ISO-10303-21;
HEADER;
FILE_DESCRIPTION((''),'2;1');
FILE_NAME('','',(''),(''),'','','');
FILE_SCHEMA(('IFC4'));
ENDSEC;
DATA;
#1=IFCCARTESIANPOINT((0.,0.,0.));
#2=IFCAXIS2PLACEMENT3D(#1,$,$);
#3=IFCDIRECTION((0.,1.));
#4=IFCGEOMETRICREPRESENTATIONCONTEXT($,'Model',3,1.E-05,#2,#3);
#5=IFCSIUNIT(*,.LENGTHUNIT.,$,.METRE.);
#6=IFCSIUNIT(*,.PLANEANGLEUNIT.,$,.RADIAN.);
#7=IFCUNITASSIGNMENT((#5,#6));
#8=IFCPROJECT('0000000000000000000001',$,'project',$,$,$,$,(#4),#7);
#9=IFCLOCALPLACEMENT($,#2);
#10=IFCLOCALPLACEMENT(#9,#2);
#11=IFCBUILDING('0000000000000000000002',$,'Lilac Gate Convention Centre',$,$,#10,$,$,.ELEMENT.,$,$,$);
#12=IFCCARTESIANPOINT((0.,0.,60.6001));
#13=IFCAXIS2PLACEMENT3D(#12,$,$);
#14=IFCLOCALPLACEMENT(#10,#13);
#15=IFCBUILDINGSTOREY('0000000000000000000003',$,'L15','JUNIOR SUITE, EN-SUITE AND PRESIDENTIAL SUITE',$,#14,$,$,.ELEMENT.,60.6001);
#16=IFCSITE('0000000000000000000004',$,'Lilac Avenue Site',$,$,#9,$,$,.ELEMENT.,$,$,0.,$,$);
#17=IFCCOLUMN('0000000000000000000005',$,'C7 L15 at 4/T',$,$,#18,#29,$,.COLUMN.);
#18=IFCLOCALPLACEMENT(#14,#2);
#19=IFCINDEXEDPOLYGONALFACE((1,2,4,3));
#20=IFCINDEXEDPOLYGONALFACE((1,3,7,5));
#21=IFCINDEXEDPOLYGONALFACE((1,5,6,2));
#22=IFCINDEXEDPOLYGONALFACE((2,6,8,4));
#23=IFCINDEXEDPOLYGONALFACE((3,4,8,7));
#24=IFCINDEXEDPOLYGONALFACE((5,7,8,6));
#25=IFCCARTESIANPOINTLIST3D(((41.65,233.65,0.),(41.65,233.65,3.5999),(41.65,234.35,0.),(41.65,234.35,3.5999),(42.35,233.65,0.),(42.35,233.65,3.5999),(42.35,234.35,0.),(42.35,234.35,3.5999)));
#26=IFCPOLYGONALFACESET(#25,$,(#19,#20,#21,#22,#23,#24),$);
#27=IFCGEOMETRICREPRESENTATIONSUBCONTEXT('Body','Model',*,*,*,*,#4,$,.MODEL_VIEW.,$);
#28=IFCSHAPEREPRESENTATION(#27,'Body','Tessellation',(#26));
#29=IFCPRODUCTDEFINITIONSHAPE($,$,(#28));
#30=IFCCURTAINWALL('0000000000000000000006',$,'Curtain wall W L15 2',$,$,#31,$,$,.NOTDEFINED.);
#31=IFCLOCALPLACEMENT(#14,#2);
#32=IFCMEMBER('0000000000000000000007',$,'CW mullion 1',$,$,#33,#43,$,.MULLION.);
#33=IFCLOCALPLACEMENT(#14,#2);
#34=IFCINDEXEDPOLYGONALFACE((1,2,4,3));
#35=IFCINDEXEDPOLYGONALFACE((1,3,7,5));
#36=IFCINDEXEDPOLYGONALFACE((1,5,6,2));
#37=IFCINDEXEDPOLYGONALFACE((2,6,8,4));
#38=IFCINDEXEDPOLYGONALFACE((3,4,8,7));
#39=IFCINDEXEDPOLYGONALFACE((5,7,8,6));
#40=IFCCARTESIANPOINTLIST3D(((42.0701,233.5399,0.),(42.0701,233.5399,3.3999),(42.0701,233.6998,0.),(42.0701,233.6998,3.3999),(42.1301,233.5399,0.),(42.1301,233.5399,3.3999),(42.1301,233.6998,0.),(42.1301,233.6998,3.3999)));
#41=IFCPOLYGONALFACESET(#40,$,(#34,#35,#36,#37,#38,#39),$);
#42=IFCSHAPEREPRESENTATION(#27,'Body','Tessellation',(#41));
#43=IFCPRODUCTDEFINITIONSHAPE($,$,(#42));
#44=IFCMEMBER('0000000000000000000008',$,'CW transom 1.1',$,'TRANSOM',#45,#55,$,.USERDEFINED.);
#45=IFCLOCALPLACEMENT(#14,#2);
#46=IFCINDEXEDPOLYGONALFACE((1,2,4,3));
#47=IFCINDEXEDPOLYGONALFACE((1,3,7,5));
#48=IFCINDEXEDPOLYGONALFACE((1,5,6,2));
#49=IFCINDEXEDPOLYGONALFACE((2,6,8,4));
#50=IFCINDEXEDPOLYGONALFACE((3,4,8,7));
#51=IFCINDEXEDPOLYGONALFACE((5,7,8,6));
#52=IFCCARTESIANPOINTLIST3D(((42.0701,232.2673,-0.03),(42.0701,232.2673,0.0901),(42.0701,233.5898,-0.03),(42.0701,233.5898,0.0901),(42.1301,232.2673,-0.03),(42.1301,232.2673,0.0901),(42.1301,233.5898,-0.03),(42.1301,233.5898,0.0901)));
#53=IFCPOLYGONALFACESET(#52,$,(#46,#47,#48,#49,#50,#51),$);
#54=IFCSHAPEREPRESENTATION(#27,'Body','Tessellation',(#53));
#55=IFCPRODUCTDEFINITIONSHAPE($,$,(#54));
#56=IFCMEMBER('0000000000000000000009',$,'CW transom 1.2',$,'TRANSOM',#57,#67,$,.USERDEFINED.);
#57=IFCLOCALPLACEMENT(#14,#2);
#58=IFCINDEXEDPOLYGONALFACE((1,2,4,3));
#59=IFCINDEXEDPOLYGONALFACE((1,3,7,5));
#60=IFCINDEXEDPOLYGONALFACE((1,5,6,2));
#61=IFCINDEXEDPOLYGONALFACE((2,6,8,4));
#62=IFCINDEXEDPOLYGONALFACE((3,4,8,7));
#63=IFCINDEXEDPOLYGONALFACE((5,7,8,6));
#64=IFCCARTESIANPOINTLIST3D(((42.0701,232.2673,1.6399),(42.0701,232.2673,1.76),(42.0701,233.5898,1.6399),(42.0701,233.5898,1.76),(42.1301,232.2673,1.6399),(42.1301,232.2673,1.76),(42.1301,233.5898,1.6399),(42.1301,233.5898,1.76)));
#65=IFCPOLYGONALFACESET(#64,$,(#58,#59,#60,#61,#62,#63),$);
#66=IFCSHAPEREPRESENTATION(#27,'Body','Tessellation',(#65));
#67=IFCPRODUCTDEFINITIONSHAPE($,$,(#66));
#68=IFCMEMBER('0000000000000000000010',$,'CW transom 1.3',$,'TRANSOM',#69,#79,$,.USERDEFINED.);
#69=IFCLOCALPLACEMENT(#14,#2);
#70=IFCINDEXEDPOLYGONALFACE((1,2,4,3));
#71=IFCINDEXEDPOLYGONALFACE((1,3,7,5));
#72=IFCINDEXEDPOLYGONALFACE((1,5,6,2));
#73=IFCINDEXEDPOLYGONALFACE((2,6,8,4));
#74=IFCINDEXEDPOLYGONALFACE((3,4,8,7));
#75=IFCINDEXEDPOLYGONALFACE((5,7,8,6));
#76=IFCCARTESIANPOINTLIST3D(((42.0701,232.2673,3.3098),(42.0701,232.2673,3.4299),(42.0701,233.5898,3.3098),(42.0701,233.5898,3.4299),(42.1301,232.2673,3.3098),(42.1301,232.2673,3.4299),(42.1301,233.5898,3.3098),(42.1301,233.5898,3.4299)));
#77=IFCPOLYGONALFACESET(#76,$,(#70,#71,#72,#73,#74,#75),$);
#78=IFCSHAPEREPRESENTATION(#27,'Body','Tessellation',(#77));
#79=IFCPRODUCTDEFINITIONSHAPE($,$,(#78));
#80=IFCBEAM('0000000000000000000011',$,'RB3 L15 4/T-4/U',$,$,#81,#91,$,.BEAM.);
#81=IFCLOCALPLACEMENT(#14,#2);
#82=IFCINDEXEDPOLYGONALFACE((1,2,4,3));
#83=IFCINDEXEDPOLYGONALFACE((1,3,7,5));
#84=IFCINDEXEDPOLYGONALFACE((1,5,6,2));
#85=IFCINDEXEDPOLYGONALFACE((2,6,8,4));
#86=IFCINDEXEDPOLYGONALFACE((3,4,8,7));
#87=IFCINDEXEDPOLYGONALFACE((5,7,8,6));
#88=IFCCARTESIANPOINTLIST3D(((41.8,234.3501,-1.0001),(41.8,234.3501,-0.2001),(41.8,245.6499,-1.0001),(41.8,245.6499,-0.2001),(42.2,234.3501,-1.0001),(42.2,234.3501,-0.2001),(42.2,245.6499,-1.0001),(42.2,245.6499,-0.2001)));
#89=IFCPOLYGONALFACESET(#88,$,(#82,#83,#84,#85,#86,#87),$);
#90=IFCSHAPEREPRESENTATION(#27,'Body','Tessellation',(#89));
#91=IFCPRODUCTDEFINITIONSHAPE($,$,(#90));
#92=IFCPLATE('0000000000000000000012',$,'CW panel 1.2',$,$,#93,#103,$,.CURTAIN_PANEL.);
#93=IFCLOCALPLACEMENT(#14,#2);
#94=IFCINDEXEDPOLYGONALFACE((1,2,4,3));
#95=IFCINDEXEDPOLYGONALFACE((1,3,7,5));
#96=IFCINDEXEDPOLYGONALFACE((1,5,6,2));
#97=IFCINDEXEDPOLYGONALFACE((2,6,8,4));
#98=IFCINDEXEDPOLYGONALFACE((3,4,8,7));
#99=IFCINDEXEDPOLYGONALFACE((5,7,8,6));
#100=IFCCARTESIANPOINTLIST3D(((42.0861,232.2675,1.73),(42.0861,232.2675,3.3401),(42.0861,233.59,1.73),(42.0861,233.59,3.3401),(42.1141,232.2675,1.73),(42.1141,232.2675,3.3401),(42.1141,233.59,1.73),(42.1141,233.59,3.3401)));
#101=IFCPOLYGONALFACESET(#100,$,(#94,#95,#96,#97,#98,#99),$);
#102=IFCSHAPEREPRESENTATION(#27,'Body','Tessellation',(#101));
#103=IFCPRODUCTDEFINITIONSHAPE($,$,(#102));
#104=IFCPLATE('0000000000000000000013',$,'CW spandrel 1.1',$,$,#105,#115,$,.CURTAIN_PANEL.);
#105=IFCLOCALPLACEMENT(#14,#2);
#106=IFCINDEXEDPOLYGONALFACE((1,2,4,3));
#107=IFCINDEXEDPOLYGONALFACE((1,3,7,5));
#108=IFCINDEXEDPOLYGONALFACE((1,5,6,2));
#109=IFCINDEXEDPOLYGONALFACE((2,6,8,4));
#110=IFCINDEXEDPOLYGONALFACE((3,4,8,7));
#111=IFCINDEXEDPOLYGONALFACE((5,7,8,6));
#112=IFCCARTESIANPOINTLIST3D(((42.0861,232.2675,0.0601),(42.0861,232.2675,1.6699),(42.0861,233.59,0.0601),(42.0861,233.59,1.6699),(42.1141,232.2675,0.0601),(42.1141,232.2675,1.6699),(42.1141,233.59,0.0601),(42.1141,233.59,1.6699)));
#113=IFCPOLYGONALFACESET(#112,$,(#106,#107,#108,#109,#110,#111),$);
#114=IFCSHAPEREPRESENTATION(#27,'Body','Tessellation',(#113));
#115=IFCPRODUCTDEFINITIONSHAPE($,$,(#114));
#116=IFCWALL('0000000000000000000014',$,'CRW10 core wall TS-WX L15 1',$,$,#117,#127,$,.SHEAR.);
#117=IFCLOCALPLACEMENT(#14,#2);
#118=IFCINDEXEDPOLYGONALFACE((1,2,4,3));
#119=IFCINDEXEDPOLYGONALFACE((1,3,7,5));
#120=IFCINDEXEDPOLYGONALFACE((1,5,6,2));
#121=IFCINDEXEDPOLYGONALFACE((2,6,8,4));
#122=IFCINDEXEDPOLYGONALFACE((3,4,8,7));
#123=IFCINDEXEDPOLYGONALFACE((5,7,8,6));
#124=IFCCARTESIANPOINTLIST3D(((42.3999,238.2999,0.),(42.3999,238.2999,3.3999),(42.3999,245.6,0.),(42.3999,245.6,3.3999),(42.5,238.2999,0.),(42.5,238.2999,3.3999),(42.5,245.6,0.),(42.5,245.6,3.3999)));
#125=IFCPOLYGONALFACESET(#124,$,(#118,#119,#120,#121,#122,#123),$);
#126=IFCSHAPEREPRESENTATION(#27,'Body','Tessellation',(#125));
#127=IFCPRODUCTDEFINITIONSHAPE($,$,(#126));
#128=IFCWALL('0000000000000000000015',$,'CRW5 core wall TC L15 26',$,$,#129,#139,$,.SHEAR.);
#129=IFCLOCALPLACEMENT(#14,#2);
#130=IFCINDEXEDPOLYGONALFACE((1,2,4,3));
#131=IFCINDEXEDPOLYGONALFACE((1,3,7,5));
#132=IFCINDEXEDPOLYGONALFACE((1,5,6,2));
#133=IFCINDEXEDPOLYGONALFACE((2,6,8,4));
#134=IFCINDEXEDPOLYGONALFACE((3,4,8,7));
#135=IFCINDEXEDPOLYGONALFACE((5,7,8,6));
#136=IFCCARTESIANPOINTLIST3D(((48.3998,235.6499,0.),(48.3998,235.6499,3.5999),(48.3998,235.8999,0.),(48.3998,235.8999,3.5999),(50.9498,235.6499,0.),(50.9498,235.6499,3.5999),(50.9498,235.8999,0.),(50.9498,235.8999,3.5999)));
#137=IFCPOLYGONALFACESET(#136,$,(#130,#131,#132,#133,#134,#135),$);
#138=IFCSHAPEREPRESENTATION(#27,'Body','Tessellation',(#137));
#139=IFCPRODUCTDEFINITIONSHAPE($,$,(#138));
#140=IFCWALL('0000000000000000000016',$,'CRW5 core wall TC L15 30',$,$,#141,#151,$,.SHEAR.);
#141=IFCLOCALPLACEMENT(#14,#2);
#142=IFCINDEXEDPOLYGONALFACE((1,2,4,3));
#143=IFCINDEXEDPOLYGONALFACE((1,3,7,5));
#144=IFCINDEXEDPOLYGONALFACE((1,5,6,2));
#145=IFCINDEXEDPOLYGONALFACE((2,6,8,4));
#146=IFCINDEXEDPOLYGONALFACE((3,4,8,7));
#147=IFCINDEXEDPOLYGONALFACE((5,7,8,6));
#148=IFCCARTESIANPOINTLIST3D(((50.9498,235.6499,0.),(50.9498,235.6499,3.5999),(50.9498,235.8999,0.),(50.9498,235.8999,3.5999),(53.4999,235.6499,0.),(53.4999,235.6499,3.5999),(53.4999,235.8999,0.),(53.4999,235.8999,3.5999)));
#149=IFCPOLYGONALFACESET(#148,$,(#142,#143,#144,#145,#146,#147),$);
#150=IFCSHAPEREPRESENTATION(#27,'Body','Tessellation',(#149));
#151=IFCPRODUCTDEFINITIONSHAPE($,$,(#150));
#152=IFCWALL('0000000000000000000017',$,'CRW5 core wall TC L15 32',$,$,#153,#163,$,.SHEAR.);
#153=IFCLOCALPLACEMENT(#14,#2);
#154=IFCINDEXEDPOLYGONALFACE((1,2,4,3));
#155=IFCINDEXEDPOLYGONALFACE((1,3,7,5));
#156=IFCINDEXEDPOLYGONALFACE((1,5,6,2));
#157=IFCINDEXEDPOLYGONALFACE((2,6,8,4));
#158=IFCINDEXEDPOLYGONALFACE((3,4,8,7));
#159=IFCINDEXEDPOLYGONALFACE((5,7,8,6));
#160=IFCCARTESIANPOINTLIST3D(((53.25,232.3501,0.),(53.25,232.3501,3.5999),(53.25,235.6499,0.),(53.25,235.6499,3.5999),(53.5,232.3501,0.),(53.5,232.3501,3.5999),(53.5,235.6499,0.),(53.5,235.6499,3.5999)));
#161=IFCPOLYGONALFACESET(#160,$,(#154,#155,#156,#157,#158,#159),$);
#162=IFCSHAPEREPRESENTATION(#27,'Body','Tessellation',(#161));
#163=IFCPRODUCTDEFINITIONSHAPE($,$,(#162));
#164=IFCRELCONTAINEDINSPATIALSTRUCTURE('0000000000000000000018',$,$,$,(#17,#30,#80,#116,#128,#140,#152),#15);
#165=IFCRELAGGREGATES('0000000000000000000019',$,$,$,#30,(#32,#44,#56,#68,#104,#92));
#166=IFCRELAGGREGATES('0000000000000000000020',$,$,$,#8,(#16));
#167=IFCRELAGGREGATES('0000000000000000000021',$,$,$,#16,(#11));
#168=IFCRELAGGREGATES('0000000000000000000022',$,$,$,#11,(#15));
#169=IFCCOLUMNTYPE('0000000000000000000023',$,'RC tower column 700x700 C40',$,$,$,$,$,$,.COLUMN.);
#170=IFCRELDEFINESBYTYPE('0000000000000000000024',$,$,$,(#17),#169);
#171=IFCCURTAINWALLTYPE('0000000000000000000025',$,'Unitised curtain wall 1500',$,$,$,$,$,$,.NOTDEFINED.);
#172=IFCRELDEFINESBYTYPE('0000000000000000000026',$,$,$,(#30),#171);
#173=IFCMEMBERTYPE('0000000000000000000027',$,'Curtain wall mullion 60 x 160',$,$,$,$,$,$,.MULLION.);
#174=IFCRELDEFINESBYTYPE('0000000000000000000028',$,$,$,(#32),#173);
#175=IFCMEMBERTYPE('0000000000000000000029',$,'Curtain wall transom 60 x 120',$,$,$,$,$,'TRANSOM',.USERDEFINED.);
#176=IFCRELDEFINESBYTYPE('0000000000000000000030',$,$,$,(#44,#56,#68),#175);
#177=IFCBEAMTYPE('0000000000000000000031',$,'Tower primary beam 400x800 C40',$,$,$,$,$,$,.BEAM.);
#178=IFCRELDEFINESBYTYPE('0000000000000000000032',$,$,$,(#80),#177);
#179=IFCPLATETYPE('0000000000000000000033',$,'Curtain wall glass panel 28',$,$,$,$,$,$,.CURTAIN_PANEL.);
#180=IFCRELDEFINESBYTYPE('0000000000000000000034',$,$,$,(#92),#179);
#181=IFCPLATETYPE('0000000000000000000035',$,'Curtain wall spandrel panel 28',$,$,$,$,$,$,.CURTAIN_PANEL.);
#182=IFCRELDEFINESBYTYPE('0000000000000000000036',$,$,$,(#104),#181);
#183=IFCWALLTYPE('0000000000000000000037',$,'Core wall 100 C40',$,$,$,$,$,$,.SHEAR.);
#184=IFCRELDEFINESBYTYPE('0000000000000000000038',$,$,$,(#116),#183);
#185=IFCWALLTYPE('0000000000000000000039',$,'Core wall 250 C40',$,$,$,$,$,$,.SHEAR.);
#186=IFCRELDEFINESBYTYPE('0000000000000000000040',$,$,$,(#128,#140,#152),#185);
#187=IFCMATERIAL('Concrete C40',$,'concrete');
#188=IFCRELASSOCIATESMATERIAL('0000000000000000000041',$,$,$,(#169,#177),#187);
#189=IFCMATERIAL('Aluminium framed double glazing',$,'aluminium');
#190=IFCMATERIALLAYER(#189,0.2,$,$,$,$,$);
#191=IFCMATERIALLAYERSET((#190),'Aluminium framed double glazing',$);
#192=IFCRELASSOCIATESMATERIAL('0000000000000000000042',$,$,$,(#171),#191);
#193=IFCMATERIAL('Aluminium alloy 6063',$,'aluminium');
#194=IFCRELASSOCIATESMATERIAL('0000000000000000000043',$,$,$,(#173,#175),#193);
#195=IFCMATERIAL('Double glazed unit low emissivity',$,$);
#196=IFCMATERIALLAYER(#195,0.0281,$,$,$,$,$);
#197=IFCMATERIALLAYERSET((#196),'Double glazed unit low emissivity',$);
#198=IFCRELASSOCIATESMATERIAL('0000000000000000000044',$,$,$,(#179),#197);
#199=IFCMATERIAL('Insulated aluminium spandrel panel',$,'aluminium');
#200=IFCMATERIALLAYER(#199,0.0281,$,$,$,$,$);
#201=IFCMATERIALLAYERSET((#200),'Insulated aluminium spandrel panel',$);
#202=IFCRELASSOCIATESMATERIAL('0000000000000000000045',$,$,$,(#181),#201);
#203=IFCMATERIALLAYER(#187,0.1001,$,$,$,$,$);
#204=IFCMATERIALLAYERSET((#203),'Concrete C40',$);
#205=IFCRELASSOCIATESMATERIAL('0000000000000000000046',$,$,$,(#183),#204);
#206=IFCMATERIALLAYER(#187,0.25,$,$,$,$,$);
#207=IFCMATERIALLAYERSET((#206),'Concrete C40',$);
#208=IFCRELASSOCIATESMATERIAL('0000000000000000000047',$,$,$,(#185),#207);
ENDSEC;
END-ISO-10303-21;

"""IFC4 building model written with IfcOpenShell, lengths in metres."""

from ifc_helpers import new_model, si_unit, direction, frame, frame_2d, origin, origin_2d, place, context, subcontext, project, spatial, rectangle, extrude, material, layer, layer_set, material_profile, profile_set, type_object, element, aggregate, save


model = new_model("IFC4")

# Units and contexts
model_context = context("Model", 3, precision=1e-05, world=origin(), true_north=direction((0.0, 1.0)))
body_context = subcontext(model_context, "Body", "Model", "MODEL_VIEW")
ifc_project = project(units=[si_unit("LENGTHUNIT", "METRE"), si_unit("PLANEANGLEUNIT", "RADIAN")], contexts=[model_context])

# Site, building, storey
site_placement = place(None, origin())
site = spatial("IfcSite", under=ifc_project, at=site_placement, Name="Lilac Avenue Site", CompositionType="ELEMENT", RefElevation=0.0)
building_placement = place(site_placement, origin())
building = spatial("IfcBuilding", under=site, at=building_placement, Name="Lilac Gate Convention Centre", CompositionType="ELEMENT")
storey_placement = place(building_placement, frame((0.0, 0.0, 60.6001)))
storey = spatial("IfcBuildingStorey", under=building, at=storey_placement, Name="L15", Description="JUNIOR SUITE, EN-SUITE AND PRESIDENTIAL SUITE", CompositionType="ELEMENT", Elevation=60.6001)

# Column
ifc_material_1 = material(Name="Concrete C40", Category="concrete")
ifc_material_profile_1 = material_profile(ifc_material_1, rectangle(XDim=0.7, YDim=0.7, at=origin_2d()), Name="RC 700x700")
ifc_profile_set_1 = profile_set([ifc_material_profile_1], Name="Concrete C40")
column_type = type_object("IfcColumnType", Name="RC tower column 700x700 C40", PredefinedType="COLUMN", material=ifc_profile_set_1)
column_placement = place(storey_placement, frame((42.0, 234.0, 0.0), z_axis=(0.0, 0.0, 1.0), x_axis=(1.0, 0.0, 0.0)))
element("IfcColumn", 1, at=column_placement, inside=storey, type_object=column_type, Name="C7 L15 at 4/T", PredefinedType="COLUMN", context=body_context, shape_type="SweptSolid", body=[
    extrude(rectangle(XDim=0.7, YDim=0.7, at=origin_2d()), origin(), (0.0, 0.0, 1.0), 3.5999),
])

# Curtain wall, members
ifc_material_2 = material(Name="Aluminium framed double glazing", Category="aluminium")
ifc_layer_1 = layer(ifc_material_2, 0.2)
ifc_layer_set_1 = layer_set([ifc_layer_1], Name="Aluminium framed double glazing")
curtain_wall_type = type_object("IfcCurtainWallType", Name="Unitised curtain wall 1500", PredefinedType="NOTDEFINED", material=ifc_layer_set_1)
curtain_wall_placement = place(storey_placement, origin())
curtain_wall = element("IfcCurtainWall", 2, at=curtain_wall_placement, inside=storey, type_object=curtain_wall_type, Name="Curtain wall W L15 2", PredefinedType="NOTDEFINED")
ifc_material_3 = material(Name="Aluminium alloy 6063", Category="aluminium")
ifc_material_profile_2 = material_profile(ifc_material_3, rectangle(XDim=0.0601, YDim=0.1599, at=origin_2d()), Name="Curtain wall mullion 60 x 160")
ifc_profile_set_2 = profile_set([ifc_material_profile_2], Name="Aluminium alloy 6063")
member_type_1 = type_object("IfcMemberType", Name="Curtain wall mullion 60 x 160", PredefinedType="MULLION", material=ifc_profile_set_2)
member_1_placement = place(storey_placement, frame((42.1001, 233.6199, 0.0), z_axis=(0.0, 0.0, 1.0), x_axis=(1.0, 0.0, 0.0)))
member_1 = element("IfcMember", 3, at=member_1_placement, type_object=member_type_1, Name="CW mullion 1", PredefinedType="MULLION", context=body_context, shape_type="SweptSolid", body=[
    extrude(rectangle(XDim=0.0601, YDim=0.1599, at=origin_2d()), origin(), (0.0, 0.0, 1.0), 3.3999),
])
ifc_material_profile_3 = material_profile(ifc_material_3, rectangle(XDim=0.0601, YDim=0.1201, at=origin_2d()), Name="Curtain wall transom 60 x 120")
ifc_profile_set_3 = profile_set([ifc_material_profile_3], Name="Aluminium alloy 6063")
member_type_2 = type_object("IfcMemberType", Name="Curtain wall transom 60 x 120", ElementType="TRANSOM", PredefinedType="USERDEFINED", material=ifc_profile_set_3)
member_2_placement = place(storey_placement, frame((42.1001, 233.5898, 0.03), z_axis=(0.0, -1.0, 0.0), x_axis=(1.0, 0.0, 0.0)))
member_2 = element("IfcMember", 4, at=member_2_placement, type_object=member_type_2, Name="CW transom 1.1", ObjectType="TRANSOM", PredefinedType="USERDEFINED", context=body_context, shape_type="SweptSolid", body=[
    extrude(rectangle(XDim=0.0601, YDim=0.1201, at=origin_2d()), origin(), (0.0, 0.0, 1.0), 1.3225),
])
member_3_placement = place(storey_placement, frame((42.1001, 233.5898, 1.7), z_axis=(0.0, -1.0, 0.0), x_axis=(1.0, 0.0, 0.0)))
member_3 = element("IfcMember", 5, at=member_3_placement, type_object=member_type_2, Name="CW transom 1.2", ObjectType="TRANSOM", PredefinedType="USERDEFINED", context=body_context, shape_type="SweptSolid", body=[
    extrude(rectangle(XDim=0.0601, YDim=0.1201, at=origin_2d()), origin(), (0.0, 0.0, 1.0), 1.3225),
])
member_4_placement = place(storey_placement, frame((42.1001, 233.5898, 3.3699), z_axis=(0.0, -1.0, 0.0), x_axis=(1.0, 0.0, 0.0)))
member_4 = element("IfcMember", 6, at=member_4_placement, type_object=member_type_2, Name="CW transom 1.3", ObjectType="TRANSOM", PredefinedType="USERDEFINED", context=body_context, shape_type="SweptSolid", body=[
    extrude(rectangle(XDim=0.0601, YDim=0.1201, at=origin_2d()), origin(), (0.0, 0.0, 1.0), 1.3225),
])

# Beam
ifc_material_profile_4 = material_profile(ifc_material_1, rectangle(XDim=0.3999, YDim=0.8, at=origin_2d()), Name="RC 400x800")
ifc_profile_set_4 = profile_set([ifc_material_profile_4], Name="Concrete C40")
beam_type = type_object("IfcBeamType", Name="Tower primary beam 400x800 C40", PredefinedType="BEAM", material=ifc_profile_set_4)
beam_placement = place(storey_placement, frame((42.0, 234.3501, -0.6001), z_axis=(0.0, 1.0, 0.0), x_axis=(-1.0, 0.0, 0.0)))
element("IfcBeam", 7, at=beam_placement, inside=storey, type_object=beam_type, Name="RB3 L15 4/T-4/U", PredefinedType="BEAM", context=body_context, shape_type="SweptSolid", body=[
    extrude(rectangle(XDim=0.3999, YDim=0.8, at=origin_2d()), origin(), (0.0, 0.0, 1.0), 11.2998),
])

# Plates
ifc_material_4 = material(Name="Double glazed unit low emissivity")
ifc_layer_2 = layer(ifc_material_4, 0.0281)
ifc_layer_set_2 = layer_set([ifc_layer_2], Name="Double glazed unit low emissivity")
plate_type_1 = type_object("IfcPlateType", Name="Curtain wall glass panel 28", PredefinedType="CURTAIN_PANEL", material=ifc_layer_set_2)
plate_1_placement = place(storey_placement, frame((42.1001, 232.9287, 1.73), z_axis=(0.0, 0.0, 1.0), x_axis=(0.0, -1.0, 0.0)))
plate_1 = element("IfcPlate", 8, at=plate_1_placement, type_object=plate_type_1, Name="CW panel 1.2", PredefinedType="CURTAIN_PANEL", context=body_context, shape_type="SweptSolid", body=[
    extrude(rectangle(XDim=1.3225, YDim=0.0281, at=origin_2d()), origin(), (0.0, 0.0, 1.0), 1.6101),
])
ifc_material_5 = material(Name="Insulated aluminium spandrel panel", Category="aluminium")
ifc_layer_3 = layer(ifc_material_5, 0.0281)
ifc_layer_set_3 = layer_set([ifc_layer_3], Name="Insulated aluminium spandrel panel")
plate_type_2 = type_object("IfcPlateType", Name="Curtain wall spandrel panel 28", PredefinedType="CURTAIN_PANEL", material=ifc_layer_set_3)
plate_2_placement = place(storey_placement, frame((42.1001, 232.9287, 0.0601), z_axis=(0.0, 0.0, 1.0), x_axis=(0.0, -1.0, 0.0)))
plate_2 = element("IfcPlate", 9, at=plate_2_placement, type_object=plate_type_2, Name="CW spandrel 1.1", PredefinedType="CURTAIN_PANEL", context=body_context, shape_type="SweptSolid", body=[
    extrude(rectangle(XDim=1.3225, YDim=0.0281, at=origin_2d()), origin(), (0.0, 0.0, 1.0), 1.6099),
])
aggregate(curtain_wall, [member_1, member_2, member_3, member_4, plate_2, plate_1])

# Walls
ifc_layer_4 = layer(ifc_material_1, 0.1001)
ifc_layer_set_4 = layer_set([ifc_layer_4], Name="Concrete C40")
wall_type_1 = type_object("IfcWallType", Name="Core wall 100 C40", PredefinedType="SHEAR", material=ifc_layer_set_4)
wall_1_placement = place(storey_placement, frame((42.45, 238.3, 0.0), z_axis=(0.0, 0.0, 1.0), x_axis=(0.0, 1.0, 0.0)))
element("IfcWall", 10, at=wall_1_placement, inside=storey, type_object=wall_type_1, Name="CRW10 core wall TS-WX L15 1", PredefinedType="SHEAR", context=body_context, shape_type="SweptSolid", body=[
    extrude(rectangle(XDim=7.3, YDim=0.1001, at=frame_2d((3.6499, 0.0))), origin(), (0.0, 0.0, 1.0), 3.3999),
])
ifc_layer_5 = layer(ifc_material_1, 0.25)
ifc_layer_set_5 = layer_set([ifc_layer_5], Name="Concrete C40")
wall_type_2 = type_object("IfcWallType", Name="Core wall 250 C40", PredefinedType="SHEAR", material=ifc_layer_set_5)
for number, where, z_axis, x_axis, name in (
    (11, (48.3999, 235.7749, 0.0), (0.0, 0.0, 1.0), (1.0, 0.0, 0.0), "CRW5 core wall TC L15 26"),
    (12, (50.95, 235.7749, 0.0), (0.0, 0.0, 1.0), (1.0, 0.0, 0.0), "CRW5 core wall TC L15 30"),
):
    element("IfcWall", number, at=place(storey_placement, frame(where, z_axis=z_axis, x_axis=x_axis)), inside=storey, type_object=wall_type_2, Name=name, PredefinedType="SHEAR", context=body_context, shape_type="SweptSolid", body=[
        extrude(rectangle(XDim=2.55, YDim=0.25, at=frame_2d((1.2749, 0.0))), origin(), (0.0, 0.0, 1.0), 3.5999),
    ])
wall_2_placement = place(storey_placement, frame((53.375, 232.3501, 0.0), z_axis=(0.0, 0.0, 1.0), x_axis=(0.0, 1.0, 0.0)))
element("IfcWall", 13, at=wall_2_placement, inside=storey, type_object=wall_type_2, Name="CRW5 core wall TC L15 32", PredefinedType="SHEAR", context=body_context, shape_type="SweptSolid", body=[
    extrude(rectangle(XDim=3.2998, YDim=0.25, at=frame_2d((1.6499, 0.0))), origin(), (0.0, 0.0, 1.0), 3.5999),
])

save(model, "model.ifc")
